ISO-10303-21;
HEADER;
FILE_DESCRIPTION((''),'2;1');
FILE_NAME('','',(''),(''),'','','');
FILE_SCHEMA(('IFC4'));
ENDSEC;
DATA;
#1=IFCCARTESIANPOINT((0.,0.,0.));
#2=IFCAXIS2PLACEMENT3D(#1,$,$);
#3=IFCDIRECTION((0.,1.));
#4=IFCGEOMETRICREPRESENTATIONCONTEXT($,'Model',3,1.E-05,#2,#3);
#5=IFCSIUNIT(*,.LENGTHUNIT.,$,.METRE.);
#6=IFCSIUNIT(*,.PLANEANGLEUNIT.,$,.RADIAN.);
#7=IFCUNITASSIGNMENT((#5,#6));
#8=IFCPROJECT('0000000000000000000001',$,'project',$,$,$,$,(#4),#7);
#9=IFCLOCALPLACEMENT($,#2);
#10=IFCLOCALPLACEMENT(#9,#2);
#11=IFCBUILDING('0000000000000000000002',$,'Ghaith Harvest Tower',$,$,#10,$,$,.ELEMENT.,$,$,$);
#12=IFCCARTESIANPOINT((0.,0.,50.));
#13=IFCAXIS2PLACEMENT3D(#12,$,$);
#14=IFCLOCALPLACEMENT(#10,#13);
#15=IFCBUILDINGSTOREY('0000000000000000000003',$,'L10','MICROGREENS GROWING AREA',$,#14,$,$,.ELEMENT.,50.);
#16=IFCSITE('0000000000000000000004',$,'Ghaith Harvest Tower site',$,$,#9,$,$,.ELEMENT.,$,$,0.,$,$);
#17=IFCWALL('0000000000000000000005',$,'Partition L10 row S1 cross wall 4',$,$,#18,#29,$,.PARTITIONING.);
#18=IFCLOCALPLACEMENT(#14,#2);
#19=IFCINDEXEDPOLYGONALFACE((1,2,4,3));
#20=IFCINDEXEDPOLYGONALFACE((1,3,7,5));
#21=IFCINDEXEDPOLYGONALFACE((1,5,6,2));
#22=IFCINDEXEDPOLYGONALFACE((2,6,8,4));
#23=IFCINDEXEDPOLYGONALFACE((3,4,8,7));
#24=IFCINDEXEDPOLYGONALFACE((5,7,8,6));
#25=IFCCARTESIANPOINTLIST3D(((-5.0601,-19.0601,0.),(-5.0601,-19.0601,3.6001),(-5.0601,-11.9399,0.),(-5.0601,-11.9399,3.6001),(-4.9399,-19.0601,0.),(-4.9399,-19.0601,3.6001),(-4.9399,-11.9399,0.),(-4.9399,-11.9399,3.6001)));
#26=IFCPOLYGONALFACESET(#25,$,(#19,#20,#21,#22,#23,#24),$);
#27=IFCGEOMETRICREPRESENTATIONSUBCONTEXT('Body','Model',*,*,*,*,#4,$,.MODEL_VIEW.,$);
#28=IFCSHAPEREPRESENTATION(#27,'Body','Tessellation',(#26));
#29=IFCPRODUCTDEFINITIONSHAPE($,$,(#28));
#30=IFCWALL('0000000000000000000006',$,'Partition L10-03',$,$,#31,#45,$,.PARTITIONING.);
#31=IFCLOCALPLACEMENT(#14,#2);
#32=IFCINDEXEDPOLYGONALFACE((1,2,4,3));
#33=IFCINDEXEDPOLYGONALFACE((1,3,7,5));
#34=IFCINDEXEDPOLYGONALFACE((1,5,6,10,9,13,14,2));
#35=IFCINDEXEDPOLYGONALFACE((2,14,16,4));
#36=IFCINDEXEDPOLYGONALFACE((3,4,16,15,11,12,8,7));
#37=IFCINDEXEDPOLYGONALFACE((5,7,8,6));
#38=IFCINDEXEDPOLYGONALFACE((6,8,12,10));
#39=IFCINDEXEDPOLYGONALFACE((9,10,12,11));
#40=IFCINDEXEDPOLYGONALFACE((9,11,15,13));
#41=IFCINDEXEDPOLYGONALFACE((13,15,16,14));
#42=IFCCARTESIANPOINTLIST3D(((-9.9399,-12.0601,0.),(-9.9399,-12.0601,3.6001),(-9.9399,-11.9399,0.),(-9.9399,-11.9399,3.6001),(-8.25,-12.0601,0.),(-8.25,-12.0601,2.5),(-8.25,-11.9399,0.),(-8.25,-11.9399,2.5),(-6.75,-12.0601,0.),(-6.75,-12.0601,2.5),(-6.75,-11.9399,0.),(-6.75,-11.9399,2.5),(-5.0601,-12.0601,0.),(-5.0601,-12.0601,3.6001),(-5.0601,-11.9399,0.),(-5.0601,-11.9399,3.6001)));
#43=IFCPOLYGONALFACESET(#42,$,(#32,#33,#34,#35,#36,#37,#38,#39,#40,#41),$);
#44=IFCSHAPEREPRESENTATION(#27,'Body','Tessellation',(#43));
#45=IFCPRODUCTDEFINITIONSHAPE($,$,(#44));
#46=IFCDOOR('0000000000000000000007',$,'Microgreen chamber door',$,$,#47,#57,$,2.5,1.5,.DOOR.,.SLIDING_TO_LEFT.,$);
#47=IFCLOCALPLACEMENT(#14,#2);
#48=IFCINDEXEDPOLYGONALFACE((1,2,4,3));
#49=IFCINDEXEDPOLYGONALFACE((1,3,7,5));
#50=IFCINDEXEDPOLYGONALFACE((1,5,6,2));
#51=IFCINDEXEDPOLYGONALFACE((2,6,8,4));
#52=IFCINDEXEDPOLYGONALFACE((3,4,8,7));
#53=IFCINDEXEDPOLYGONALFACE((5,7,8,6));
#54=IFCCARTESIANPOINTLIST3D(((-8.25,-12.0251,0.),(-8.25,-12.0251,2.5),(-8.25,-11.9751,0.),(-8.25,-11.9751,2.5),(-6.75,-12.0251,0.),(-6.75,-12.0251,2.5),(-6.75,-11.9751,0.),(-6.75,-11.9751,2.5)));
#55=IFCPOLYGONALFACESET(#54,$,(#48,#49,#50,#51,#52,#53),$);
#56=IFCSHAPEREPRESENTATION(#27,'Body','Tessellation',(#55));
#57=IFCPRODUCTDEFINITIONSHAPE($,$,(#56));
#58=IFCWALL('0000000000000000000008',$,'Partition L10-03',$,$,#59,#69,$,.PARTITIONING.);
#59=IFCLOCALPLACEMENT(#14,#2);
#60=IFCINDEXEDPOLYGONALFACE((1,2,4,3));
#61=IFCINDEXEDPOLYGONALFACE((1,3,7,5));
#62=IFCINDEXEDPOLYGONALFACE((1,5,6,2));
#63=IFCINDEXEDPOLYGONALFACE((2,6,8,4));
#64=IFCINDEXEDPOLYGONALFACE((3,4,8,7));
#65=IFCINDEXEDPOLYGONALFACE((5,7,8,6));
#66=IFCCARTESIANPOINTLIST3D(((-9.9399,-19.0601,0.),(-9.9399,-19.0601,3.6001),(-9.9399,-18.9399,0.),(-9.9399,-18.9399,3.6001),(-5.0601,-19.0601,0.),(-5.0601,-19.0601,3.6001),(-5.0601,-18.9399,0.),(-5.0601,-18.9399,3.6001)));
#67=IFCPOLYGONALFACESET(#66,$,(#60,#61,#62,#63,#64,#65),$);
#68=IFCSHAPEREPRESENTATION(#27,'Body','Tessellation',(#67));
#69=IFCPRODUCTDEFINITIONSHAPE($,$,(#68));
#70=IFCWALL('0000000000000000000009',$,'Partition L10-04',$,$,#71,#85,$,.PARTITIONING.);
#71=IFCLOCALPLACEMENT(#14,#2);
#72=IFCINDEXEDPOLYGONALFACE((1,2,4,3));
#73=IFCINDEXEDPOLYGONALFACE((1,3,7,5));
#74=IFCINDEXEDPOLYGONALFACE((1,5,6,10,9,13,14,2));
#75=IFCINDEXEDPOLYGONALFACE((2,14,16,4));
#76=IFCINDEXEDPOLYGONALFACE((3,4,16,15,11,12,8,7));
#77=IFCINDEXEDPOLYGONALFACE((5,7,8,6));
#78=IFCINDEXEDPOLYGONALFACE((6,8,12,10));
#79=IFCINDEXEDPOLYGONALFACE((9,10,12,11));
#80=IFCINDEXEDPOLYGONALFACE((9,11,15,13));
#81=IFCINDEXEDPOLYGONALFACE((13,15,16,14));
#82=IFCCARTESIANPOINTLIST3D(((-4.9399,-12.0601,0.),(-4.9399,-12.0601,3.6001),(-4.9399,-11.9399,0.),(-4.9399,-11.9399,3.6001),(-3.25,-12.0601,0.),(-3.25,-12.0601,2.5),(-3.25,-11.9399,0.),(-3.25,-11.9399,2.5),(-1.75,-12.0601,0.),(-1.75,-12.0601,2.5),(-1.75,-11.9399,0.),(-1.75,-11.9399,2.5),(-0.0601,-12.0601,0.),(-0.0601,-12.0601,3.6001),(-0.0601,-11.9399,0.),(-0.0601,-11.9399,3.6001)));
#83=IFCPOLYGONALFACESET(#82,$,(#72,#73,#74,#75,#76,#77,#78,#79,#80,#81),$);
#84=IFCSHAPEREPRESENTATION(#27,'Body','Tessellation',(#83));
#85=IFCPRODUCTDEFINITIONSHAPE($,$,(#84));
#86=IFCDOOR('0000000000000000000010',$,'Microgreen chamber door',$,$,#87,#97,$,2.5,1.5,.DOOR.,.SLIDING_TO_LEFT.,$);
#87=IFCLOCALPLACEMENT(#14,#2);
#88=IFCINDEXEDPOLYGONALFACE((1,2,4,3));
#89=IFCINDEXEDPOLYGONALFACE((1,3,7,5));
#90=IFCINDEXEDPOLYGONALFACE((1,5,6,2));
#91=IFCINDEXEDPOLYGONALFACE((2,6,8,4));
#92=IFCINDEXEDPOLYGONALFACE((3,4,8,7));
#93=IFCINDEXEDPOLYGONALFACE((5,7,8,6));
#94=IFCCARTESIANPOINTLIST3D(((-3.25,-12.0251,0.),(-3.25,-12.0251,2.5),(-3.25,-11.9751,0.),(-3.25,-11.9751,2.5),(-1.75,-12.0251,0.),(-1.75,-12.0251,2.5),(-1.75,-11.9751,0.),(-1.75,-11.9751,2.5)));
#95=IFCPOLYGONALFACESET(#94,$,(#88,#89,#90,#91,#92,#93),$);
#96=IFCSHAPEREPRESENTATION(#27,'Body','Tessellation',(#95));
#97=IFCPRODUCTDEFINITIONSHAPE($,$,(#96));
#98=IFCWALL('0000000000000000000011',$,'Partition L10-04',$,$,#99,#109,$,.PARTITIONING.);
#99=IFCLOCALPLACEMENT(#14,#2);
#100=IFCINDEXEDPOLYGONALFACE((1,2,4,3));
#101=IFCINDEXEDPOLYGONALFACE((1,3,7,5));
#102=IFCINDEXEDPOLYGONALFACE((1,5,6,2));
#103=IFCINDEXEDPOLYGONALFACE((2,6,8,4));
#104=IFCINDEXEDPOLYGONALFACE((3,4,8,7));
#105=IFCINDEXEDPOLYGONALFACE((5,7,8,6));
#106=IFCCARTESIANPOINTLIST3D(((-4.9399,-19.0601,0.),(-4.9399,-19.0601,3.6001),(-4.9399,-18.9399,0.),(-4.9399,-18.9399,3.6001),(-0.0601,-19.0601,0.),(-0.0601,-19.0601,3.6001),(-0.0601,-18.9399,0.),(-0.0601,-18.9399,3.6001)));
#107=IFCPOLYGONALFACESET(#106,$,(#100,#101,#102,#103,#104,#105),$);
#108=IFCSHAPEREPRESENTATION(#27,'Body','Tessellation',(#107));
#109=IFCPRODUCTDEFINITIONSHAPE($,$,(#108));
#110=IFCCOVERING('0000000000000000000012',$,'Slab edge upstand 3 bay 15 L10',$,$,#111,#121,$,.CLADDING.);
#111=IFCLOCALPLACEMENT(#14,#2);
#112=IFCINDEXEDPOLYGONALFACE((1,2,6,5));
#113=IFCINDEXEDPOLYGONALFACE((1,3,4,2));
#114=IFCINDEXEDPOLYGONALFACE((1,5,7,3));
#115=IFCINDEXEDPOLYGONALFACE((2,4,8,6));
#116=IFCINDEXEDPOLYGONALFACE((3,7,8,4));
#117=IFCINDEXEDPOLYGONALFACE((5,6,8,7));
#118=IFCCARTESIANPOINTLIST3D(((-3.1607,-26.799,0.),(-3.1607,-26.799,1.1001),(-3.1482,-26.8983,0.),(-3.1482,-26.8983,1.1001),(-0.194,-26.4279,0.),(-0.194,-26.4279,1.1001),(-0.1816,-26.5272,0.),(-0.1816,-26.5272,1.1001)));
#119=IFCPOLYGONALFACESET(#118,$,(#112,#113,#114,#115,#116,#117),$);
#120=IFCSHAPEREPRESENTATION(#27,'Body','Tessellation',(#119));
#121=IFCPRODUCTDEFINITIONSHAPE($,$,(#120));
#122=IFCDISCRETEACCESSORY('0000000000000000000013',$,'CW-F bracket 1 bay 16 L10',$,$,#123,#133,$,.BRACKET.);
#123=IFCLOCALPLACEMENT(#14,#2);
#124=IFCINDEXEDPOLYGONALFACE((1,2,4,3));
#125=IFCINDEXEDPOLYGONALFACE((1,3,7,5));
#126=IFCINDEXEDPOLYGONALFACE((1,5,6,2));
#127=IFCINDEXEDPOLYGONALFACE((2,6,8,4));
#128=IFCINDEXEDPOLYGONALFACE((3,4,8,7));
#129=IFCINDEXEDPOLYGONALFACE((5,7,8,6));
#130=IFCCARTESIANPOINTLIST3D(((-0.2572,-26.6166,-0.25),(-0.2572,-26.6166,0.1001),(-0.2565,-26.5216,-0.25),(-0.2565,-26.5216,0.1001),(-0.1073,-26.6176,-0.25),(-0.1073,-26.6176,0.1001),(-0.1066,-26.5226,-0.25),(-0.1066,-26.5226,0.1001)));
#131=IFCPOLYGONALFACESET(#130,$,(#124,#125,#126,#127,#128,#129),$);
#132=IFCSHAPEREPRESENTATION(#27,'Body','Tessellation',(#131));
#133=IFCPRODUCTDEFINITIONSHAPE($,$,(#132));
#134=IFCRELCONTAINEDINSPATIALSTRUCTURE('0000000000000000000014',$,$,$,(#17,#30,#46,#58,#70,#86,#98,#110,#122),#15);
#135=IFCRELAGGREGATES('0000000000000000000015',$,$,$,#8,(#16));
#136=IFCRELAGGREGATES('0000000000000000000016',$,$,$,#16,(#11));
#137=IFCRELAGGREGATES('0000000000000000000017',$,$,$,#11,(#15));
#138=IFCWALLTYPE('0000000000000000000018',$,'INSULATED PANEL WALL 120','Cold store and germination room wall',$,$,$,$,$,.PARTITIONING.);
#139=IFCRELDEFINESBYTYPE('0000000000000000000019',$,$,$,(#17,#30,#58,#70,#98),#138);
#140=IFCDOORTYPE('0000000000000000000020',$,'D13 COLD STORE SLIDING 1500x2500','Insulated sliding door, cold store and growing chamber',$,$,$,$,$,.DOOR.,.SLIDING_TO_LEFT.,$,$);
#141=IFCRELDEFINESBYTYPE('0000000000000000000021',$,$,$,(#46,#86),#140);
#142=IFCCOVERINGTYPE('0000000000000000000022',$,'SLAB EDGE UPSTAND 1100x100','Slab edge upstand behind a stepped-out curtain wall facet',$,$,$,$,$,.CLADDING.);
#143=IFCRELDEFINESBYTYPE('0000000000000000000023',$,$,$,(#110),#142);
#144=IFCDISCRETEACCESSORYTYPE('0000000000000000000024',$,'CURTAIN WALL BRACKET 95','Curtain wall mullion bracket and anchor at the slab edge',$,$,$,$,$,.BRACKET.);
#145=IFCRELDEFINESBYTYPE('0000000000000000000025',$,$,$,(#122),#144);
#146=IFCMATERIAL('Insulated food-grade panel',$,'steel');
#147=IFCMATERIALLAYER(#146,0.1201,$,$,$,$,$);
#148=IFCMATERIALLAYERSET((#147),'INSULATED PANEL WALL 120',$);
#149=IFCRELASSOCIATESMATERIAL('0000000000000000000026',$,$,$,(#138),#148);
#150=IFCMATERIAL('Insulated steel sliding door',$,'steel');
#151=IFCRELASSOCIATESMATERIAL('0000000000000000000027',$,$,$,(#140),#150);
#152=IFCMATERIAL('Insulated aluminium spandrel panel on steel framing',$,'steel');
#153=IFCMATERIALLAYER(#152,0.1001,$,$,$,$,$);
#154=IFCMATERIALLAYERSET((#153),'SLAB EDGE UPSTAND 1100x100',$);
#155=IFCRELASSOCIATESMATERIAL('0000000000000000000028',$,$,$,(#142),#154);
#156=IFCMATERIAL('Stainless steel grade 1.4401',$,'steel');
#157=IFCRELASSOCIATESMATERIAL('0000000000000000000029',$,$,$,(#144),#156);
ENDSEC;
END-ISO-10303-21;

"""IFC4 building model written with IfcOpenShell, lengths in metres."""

from ifc_helpers import new_model, si_unit, direction, frame, frame_2d, origin, origin_2d, place, context, subcontext, project, spatial, rectangle, extrude, material, layer, layer_set, type_object, element, fill, save


model = new_model("IFC4")

# Units and contexts
model_context = context("Model", 3, precision=1e-05, world=origin(), true_north=direction((0.0, 1.0)))
body_context = subcontext(model_context, "Body", "Model", "MODEL_VIEW")
ifc_project = project(units=[si_unit("LENGTHUNIT", "METRE"), si_unit("PLANEANGLEUNIT", "RADIAN")], contexts=[model_context])

# Site, building, storey
site_placement = place(None, origin())
site = spatial("IfcSite", under=ifc_project, at=site_placement, Name="Ghaith Harvest Tower site", CompositionType="ELEMENT", RefElevation=0.0)
building_placement = place(site_placement, origin())
building = spatial("IfcBuilding", under=site, at=building_placement, Name="Ghaith Harvest Tower", CompositionType="ELEMENT")
storey_placement = place(building_placement, frame((0.0, 0.0, 50.0)))
storey = spatial("IfcBuildingStorey", under=building, at=storey_placement, Name="L10", Description="MICROGREENS GROWING AREA", CompositionType="ELEMENT", Elevation=50.0)

# Wall
ifc_material_1 = material(Name="Insulated food-grade panel", Category="steel")
ifc_layer_1 = layer(ifc_material_1, 0.1201)
ifc_layer_set_1 = layer_set([ifc_layer_1], Name="INSULATED PANEL WALL 120")
wall_type = type_object("IfcWallType", Name="INSULATED PANEL WALL 120", Description="Cold store and germination room wall", PredefinedType="PARTITIONING", material=ifc_layer_set_1)
for number, where, z_axis, x_axis, name in (
    (1, (-5.0, -11.9399, 0.0), (0.0, 0.0, 1.0), (0.0, -1.0, 0.0), "Partition L10 row S1 cross wall 4"),
):
    element("IfcWall", number, at=place(storey_placement, frame(where, z_axis=z_axis, x_axis=x_axis)), inside=storey, type_object=wall_type, Name=name, PredefinedType="PARTITIONING", context=body_context, shape_type="SweptSolid", body=[
        extrude(rectangle(XDim=7.1201, YDim=0.1201, at=frame_2d((3.5601, 0.0))), origin(), (0.0, 0.0, 1.0), 3.6001),
    ])

# Wall, opening, door
wall_1_placement = place(storey_placement, frame((-9.9399, -12.0, 0.0), z_axis=(0.0, 0.0, 1.0), x_axis=(1.0, 0.0, 0.0)))
wall_1 = element("IfcWall", 2, at=wall_1_placement, inside=storey, type_object=wall_type, Name="Partition L10-03", PredefinedType="PARTITIONING", context=body_context, shape_type="SweptSolid", body=[
    extrude(rectangle(XDim=4.8799, YDim=0.1201, at=frame_2d((2.4399, 0.0))), origin(), (0.0, 0.0, 1.0), 3.6001),
])
opening_1_placement = place(wall_1_placement, frame((1.6899, 0.0, 0.0)))
opening_1 = element("IfcOpeningElement", 3, at=opening_1_placement, cuts=wall_1, PredefinedType="OPENING", context=body_context, shape_type="SweptSolid", body=[
    extrude(rectangle(XDim=1.5, YDim=2.5, at=frame_2d((0.75, 1.25))), frame((0.0, 0.0701, 0.0), z_axis=(0.0, -1.0, 0.0), x_axis=(1.0, 0.0, 0.0)), (0.0, 0.0, 1.0), 0.1401),
])
ifc_material_2 = material(Name="Insulated steel sliding door", Category="steel")
door_type = type_object("IfcDoorType", Name="D13 COLD STORE SLIDING 1500x2500", Description="Insulated sliding door, cold store and growing chamber", OperationType="SLIDING_TO_LEFT", PredefinedType="DOOR", material=ifc_material_2)
door_1_placement = place(opening_1_placement, origin())
door_1 = element("IfcDoor", 4, at=door_1_placement, inside=storey, type_object=door_type, Name="Microgreen chamber door", OperationType="SLIDING_TO_LEFT", OverallHeight=2.5, OverallWidth=1.5, PredefinedType="DOOR", context=body_context, shape_type="SweptSolid", body=[
    extrude(rectangle(XDim=1.5, YDim=2.5, at=frame_2d((0.75, 1.25))), frame((0.0, 0.0249, 0.0), z_axis=(0.0, -1.0, 0.0), x_axis=(1.0, 0.0, 0.0)), (0.0, 0.0, 1.0), 0.05),
])
fill(opening_1, door_1)

# Wall
wall_2_placement = place(storey_placement, frame((-9.9399, -19.0, 0.0), z_axis=(0.0, 0.0, 1.0), x_axis=(1.0, 0.0, 0.0)))
element("IfcWall", 5, at=wall_2_placement, inside=storey, type_object=wall_type, Name="Partition L10-03", PredefinedType="PARTITIONING", context=body_context, shape_type="SweptSolid", body=[
    extrude(rectangle(XDim=4.8799, YDim=0.1201, at=frame_2d((2.4399, 0.0))), origin(), (0.0, 0.0, 1.0), 3.6001),
])

# Wall, opening, door
wall_3_placement = place(storey_placement, frame((-4.9399, -12.0, 0.0), z_axis=(0.0, 0.0, 1.0), x_axis=(1.0, 0.0, 0.0)))
wall_3 = element("IfcWall", 6, at=wall_3_placement, inside=storey, type_object=wall_type, Name="Partition L10-04", PredefinedType="PARTITIONING", context=body_context, shape_type="SweptSolid", body=[
    extrude(rectangle(XDim=4.8799, YDim=0.1201, at=frame_2d((2.4399, 0.0))), origin(), (0.0, 0.0, 1.0), 3.6001),
])
opening_2_placement = place(wall_3_placement, frame((1.6899, 0.0, 0.0)))
opening_2 = element("IfcOpeningElement", 7, at=opening_2_placement, cuts=wall_3, PredefinedType="OPENING", context=body_context, shape_type="SweptSolid", body=[
    extrude(rectangle(XDim=1.5, YDim=2.5, at=frame_2d((0.75, 1.25))), frame((0.0, 0.0701, 0.0), z_axis=(0.0, -1.0, 0.0), x_axis=(1.0, 0.0, 0.0)), (0.0, 0.0, 1.0), 0.1401),
])
door_2_placement = place(opening_2_placement, origin())
door_2 = element("IfcDoor", 8, at=door_2_placement, inside=storey, type_object=door_type, Name="Microgreen chamber door", OperationType="SLIDING_TO_LEFT", OverallHeight=2.5, OverallWidth=1.5, PredefinedType="DOOR", context=body_context, shape_type="SweptSolid", body=[
    extrude(rectangle(XDim=1.5, YDim=2.5, at=frame_2d((0.75, 1.25))), frame((0.0, 0.0249, 0.0), z_axis=(0.0, -1.0, 0.0), x_axis=(1.0, 0.0, 0.0)), (0.0, 0.0, 1.0), 0.05),
])
fill(opening_2, door_2)

# Wall
wall_4_placement = place(storey_placement, frame((-4.9399, -19.0, 0.0), z_axis=(0.0, 0.0, 1.0), x_axis=(1.0, 0.0, 0.0)))
element("IfcWall", 9, at=wall_4_placement, inside=storey, type_object=wall_type, Name="Partition L10-04", PredefinedType="PARTITIONING", context=body_context, shape_type="SweptSolid", body=[
    extrude(rectangle(XDim=4.8799, YDim=0.1201, at=frame_2d((2.4399, 0.0))), origin(), (0.0, 0.0, 1.0), 3.6001),
])

# Covering
ifc_material_3 = material(Name="Insulated aluminium spandrel panel on steel framing", Category="steel")
ifc_layer_2 = layer(ifc_material_3, 0.1001)
ifc_layer_set_2 = layer_set([ifc_layer_2], Name="SLAB EDGE UPSTAND 1100x100")
covering_type = type_object("IfcCoveringType", Name="SLAB EDGE UPSTAND 1100x100", Description="Slab edge upstand behind a stepped-out curtain wall facet", PredefinedType="CLADDING", material=ifc_layer_set_2)
covering_placement = place(storey_placement, frame((-1.6711, -26.6631, 0.0), z_axis=(0.0, 0.0, 1.0), x_axis=(0.992265, 0.124139, 0.0)))
element("IfcCovering", 10, at=covering_placement, inside=storey, type_object=covering_type, Name="Slab edge upstand 3 bay 15 L10", PredefinedType="CLADDING", context=body_context, shape_type="SweptSolid", body=[
    extrude(rectangle(XDim=2.9897, YDim=0.1001, at=origin_2d()), origin(), (0.0, 0.0, 1.0), 1.1001),
])

# Discrete accessory
ifc_material_4 = material(Name="Stainless steel grade 1.4401", Category="steel")
discrete_accessory_type = type_object("IfcDiscreteAccessoryType", Name="CURTAIN WALL BRACKET 95", Description="Curtain wall mullion bracket and anchor at the slab edge", PredefinedType="BRACKET", material=ifc_material_4)
discrete_accessory_placement = place(storey_placement, frame((-0.1819, -26.5696, -0.25), z_axis=(0.0, 0.0, 1.0), x_axis=(-0.006844, -0.999977, 0.0)))
element("IfcDiscreteAccessory", 11, at=discrete_accessory_placement, inside=storey, type_object=discrete_accessory_type, Name="CW-F bracket 1 bay 16 L10", PredefinedType="BRACKET", context=body_context, shape_type="SweptSolid", body=[
    extrude(rectangle(XDim=0.095, YDim=0.1499, at=origin_2d()), origin(), (0.0, 0.0, 1.0), 0.3501),
])

save(model, "model.ifc")
